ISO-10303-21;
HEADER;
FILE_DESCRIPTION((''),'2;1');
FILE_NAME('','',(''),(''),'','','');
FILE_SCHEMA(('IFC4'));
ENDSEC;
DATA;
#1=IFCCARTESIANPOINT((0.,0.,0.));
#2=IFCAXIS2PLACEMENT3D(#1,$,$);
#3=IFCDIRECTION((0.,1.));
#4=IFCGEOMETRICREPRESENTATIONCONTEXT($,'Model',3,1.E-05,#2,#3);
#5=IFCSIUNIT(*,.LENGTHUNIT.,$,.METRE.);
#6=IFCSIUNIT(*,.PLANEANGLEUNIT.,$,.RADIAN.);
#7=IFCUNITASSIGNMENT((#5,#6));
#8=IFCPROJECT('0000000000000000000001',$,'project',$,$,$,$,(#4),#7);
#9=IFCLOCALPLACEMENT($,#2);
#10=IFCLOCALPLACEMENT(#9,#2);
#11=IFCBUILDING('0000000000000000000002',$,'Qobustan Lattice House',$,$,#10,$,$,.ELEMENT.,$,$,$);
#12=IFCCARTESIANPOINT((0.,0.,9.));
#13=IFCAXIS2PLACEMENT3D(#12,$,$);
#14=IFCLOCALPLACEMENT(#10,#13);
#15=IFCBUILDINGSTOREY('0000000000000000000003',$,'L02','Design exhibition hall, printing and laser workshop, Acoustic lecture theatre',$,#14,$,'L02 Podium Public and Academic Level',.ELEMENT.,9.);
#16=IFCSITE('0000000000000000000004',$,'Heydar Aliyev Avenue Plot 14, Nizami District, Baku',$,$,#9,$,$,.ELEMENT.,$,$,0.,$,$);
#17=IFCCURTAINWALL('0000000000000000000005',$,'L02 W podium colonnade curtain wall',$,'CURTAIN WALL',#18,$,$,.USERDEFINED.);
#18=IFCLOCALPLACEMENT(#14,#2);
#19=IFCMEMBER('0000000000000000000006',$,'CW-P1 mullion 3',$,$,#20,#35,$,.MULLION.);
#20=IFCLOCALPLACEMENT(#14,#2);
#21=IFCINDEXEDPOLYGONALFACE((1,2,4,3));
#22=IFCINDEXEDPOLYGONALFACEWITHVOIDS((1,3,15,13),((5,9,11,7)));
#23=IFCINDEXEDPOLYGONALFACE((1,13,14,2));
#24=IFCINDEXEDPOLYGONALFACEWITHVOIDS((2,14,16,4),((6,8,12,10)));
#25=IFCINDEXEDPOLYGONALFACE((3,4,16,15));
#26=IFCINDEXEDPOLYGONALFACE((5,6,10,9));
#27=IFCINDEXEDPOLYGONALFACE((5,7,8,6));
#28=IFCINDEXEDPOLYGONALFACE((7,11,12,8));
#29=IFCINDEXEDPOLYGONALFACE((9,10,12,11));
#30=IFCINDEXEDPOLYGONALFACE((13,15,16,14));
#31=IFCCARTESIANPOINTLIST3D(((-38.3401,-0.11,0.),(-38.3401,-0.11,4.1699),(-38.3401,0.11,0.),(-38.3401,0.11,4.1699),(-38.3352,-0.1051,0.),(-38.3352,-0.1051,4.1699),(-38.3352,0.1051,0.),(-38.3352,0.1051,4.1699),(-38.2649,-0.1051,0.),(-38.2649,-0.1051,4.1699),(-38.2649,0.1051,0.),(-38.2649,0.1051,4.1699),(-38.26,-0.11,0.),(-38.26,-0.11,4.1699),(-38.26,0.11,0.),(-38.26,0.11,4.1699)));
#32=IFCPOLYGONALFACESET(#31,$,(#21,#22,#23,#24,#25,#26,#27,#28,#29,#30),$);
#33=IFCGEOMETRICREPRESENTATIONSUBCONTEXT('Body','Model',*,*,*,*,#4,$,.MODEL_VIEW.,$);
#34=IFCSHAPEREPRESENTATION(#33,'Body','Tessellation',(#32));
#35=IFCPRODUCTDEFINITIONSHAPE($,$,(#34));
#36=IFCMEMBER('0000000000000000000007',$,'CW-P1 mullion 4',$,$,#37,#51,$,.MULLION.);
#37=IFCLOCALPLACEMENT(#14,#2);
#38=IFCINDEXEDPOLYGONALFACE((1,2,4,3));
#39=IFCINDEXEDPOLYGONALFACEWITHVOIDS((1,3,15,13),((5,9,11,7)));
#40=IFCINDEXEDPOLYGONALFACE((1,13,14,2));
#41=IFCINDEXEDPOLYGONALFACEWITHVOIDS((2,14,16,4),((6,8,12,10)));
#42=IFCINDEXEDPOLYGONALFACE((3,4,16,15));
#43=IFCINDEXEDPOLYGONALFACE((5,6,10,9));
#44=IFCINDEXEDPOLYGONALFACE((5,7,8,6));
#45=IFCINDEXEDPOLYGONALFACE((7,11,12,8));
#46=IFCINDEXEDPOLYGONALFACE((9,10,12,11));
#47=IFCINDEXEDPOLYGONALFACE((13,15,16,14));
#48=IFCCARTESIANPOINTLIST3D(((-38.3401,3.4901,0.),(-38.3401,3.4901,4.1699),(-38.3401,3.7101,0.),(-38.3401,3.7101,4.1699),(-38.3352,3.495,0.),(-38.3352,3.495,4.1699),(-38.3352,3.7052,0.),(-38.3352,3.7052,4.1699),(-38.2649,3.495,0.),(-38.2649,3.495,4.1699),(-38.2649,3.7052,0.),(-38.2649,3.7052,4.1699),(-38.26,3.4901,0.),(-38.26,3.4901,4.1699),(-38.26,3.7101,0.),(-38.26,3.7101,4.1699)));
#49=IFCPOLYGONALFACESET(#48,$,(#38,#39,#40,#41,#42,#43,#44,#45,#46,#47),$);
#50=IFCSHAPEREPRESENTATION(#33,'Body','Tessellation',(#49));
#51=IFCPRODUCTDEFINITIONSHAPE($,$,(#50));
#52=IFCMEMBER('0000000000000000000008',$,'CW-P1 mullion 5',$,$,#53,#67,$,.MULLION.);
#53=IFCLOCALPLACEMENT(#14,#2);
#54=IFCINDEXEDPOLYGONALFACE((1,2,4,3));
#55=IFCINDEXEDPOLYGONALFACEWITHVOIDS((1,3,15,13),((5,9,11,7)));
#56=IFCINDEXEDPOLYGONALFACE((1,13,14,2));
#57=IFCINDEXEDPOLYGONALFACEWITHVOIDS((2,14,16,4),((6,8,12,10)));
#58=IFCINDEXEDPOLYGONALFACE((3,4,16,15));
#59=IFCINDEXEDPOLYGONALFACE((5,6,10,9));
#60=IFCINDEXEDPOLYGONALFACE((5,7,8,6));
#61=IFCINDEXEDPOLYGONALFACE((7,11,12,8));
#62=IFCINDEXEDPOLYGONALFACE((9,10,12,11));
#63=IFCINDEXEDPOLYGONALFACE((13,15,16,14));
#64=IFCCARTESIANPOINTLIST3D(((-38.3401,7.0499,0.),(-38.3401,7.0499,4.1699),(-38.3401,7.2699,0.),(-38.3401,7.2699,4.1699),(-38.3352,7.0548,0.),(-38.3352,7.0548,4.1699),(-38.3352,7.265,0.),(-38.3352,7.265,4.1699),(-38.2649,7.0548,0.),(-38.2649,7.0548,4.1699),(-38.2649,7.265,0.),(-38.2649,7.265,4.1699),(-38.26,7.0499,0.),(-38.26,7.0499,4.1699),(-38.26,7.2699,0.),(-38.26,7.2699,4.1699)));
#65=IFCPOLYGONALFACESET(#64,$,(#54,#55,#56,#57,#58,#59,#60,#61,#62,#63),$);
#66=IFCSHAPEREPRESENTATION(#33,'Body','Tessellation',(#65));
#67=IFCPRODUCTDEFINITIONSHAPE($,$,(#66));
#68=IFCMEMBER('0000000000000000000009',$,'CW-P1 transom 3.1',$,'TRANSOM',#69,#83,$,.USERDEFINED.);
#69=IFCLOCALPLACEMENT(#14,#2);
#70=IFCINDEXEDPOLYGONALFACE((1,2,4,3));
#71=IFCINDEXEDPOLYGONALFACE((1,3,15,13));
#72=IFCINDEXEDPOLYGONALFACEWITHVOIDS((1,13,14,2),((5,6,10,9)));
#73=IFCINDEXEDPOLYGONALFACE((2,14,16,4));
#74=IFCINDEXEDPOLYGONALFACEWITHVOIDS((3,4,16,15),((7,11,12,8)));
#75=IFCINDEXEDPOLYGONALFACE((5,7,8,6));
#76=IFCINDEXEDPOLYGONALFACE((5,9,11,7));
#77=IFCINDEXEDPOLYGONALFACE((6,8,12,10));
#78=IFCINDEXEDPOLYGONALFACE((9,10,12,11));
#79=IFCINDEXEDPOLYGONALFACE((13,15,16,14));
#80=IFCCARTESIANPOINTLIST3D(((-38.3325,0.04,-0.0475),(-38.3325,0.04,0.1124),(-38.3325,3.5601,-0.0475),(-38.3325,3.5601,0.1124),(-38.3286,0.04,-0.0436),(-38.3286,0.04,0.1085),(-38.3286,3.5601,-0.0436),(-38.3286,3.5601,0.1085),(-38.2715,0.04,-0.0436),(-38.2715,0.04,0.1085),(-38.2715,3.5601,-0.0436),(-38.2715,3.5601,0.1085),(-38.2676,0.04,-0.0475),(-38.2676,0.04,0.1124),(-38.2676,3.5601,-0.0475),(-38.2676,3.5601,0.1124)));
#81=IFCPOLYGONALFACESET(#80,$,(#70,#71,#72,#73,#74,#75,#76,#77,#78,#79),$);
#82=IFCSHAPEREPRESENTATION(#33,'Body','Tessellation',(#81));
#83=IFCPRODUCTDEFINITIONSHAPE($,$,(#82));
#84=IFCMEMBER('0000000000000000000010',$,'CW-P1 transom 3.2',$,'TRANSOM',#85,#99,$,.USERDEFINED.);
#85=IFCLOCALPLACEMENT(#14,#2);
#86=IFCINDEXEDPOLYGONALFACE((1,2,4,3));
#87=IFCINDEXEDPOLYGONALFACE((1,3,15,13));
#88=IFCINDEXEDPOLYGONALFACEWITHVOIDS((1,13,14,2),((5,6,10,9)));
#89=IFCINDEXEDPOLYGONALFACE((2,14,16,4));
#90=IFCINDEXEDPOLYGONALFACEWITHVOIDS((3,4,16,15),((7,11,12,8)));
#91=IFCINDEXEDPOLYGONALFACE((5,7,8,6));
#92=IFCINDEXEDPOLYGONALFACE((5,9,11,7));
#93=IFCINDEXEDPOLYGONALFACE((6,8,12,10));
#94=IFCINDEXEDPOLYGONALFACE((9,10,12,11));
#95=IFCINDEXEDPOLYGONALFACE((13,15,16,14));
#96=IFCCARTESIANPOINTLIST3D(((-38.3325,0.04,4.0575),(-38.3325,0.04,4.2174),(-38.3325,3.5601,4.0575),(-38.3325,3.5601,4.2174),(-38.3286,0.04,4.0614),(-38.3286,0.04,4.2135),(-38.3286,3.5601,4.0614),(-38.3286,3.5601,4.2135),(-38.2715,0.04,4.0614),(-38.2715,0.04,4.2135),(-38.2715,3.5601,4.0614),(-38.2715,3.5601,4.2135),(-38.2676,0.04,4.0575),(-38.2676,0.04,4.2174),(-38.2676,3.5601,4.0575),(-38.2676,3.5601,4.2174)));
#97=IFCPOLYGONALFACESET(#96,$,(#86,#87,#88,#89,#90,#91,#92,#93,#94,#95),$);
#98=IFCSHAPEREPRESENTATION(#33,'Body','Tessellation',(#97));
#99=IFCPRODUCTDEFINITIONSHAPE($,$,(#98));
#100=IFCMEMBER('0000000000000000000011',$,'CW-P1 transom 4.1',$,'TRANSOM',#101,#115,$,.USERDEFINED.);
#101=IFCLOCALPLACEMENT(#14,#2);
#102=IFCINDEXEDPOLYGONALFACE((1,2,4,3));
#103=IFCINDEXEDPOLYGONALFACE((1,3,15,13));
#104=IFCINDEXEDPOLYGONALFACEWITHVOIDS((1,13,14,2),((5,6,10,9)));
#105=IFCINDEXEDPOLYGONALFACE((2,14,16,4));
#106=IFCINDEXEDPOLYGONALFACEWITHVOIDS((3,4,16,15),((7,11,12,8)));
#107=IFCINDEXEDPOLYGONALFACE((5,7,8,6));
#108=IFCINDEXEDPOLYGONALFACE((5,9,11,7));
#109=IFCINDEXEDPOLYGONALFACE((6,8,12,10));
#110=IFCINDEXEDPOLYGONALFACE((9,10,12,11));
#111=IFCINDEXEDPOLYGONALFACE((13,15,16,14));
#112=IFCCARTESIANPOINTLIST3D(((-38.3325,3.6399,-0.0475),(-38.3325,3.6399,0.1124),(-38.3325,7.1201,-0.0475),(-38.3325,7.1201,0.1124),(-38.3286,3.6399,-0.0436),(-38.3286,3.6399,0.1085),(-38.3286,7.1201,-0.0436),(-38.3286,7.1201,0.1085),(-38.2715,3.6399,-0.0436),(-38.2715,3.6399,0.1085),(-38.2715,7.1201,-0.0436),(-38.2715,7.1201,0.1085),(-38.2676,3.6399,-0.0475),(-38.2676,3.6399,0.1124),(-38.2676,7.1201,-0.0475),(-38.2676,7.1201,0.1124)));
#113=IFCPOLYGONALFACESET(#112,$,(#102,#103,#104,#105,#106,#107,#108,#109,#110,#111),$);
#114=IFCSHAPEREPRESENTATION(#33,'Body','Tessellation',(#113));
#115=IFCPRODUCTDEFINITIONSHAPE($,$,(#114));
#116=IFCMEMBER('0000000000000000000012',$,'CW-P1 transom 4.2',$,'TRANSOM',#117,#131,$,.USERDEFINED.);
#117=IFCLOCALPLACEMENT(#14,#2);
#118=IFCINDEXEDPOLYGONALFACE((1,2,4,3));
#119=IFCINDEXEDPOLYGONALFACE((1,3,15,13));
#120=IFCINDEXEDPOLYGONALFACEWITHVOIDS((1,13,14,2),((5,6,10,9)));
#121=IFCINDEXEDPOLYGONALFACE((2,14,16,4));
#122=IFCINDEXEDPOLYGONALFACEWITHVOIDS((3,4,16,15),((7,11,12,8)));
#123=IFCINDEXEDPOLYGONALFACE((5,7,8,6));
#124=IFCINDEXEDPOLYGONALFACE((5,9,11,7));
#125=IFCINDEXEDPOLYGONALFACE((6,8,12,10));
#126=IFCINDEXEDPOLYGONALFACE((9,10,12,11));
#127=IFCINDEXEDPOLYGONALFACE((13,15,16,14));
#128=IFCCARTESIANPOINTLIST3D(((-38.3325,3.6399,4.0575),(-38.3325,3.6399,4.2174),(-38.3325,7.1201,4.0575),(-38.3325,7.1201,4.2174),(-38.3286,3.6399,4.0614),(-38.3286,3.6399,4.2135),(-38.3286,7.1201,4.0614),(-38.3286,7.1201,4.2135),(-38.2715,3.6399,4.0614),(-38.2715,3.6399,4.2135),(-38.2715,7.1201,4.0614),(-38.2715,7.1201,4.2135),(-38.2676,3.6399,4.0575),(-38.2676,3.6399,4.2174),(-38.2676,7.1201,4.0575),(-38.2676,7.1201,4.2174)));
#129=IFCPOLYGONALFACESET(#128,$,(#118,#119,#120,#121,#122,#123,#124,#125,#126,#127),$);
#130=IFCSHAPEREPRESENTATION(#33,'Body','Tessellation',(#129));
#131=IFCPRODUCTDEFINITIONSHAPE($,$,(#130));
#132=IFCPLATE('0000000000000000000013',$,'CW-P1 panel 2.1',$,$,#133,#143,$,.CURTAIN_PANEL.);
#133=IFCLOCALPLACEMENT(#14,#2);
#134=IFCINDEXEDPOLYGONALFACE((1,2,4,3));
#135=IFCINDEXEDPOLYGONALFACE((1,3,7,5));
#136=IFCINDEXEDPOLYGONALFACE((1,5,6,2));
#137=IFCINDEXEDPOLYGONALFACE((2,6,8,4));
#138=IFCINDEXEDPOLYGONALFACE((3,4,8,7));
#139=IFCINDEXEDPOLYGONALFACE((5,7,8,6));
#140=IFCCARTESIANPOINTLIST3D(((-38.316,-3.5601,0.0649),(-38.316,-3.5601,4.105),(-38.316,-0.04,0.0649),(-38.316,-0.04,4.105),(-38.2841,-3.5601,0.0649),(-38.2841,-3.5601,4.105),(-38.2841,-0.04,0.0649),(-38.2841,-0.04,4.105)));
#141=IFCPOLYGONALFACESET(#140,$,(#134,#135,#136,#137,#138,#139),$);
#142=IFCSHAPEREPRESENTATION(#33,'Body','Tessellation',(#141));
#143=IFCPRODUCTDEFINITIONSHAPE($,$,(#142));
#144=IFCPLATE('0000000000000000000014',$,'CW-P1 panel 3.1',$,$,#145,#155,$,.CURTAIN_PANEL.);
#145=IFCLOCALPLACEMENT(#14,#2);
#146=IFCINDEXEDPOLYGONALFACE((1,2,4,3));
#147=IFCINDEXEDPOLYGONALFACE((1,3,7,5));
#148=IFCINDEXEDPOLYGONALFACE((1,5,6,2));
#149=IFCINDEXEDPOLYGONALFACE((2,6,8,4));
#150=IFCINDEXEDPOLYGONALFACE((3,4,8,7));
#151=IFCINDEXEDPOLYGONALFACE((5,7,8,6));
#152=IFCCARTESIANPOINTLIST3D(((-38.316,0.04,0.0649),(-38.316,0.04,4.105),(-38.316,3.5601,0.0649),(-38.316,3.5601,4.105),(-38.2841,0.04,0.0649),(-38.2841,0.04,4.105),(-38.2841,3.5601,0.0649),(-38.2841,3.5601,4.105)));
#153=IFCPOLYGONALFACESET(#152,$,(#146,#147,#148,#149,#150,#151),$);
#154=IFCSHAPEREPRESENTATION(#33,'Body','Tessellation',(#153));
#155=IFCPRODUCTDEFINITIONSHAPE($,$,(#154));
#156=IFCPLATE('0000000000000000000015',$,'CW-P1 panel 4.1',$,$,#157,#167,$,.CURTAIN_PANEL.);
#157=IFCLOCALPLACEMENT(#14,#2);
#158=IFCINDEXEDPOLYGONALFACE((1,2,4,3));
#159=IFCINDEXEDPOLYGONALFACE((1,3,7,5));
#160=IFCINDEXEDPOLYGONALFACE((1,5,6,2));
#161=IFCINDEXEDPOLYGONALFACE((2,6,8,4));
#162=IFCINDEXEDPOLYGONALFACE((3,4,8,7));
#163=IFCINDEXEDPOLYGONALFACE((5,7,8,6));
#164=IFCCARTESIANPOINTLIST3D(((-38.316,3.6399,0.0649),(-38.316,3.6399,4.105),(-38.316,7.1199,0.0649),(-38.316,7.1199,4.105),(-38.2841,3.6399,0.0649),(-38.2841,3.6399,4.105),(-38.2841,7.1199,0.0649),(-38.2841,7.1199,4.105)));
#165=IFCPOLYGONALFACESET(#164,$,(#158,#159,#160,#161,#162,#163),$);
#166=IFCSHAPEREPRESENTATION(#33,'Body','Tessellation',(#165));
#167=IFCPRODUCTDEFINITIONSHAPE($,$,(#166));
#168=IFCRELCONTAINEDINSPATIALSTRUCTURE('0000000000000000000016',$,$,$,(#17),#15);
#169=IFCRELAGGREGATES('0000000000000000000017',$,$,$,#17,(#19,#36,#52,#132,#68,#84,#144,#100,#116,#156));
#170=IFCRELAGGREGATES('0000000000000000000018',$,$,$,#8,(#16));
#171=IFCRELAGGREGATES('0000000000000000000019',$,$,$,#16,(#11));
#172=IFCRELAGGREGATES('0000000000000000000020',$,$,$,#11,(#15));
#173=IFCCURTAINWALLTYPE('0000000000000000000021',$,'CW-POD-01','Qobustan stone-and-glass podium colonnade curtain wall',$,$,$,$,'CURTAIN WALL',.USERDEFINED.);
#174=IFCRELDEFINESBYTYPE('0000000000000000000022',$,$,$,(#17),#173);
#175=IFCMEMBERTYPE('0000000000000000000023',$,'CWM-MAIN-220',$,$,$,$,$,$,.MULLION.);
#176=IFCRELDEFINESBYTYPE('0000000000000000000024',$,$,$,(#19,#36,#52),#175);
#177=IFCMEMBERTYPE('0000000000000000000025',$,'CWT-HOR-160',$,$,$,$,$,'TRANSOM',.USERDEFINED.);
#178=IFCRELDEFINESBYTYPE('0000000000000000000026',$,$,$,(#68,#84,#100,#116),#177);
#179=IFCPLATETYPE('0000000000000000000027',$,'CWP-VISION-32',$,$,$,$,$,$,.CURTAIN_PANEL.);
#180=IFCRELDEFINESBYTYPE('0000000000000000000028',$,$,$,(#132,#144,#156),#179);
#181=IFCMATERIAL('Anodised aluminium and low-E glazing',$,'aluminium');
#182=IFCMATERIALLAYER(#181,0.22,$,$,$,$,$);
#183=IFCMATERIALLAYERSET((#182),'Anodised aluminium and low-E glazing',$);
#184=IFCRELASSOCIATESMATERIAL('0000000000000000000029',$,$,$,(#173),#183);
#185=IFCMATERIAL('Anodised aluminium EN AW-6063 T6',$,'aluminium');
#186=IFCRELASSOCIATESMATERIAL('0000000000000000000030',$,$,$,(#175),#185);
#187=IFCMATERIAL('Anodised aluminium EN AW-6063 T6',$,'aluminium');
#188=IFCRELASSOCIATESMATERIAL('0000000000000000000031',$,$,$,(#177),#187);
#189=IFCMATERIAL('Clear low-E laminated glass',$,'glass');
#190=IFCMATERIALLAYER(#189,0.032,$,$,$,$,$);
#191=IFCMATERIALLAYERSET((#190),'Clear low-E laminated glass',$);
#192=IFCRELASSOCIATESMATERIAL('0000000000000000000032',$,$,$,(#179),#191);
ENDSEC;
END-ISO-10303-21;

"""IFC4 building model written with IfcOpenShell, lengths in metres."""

from ifc_helpers import new_model, si_unit, direction, frame, origin, origin_2d, place, context, subcontext, project, spatial, rectangle, hollow_rectangle, extrude, material, layer, layer_set, material_profile, profile_set, type_object, element, aggregate, save


model = new_model("IFC4")

# Units and contexts
model_context = context("Model", 3, precision=1e-05, world=origin(), true_north=direction((0.0, 1.0)))
body_context = subcontext(model_context, "Body", "Model", "MODEL_VIEW")
ifc_project = project(units=[si_unit("LENGTHUNIT", "METRE"), si_unit("PLANEANGLEUNIT", "RADIAN")], contexts=[model_context])

# Site, building, storey
site_placement = place(None, origin())
site = spatial("IfcSite", under=ifc_project, at=site_placement, Name="Heydar Aliyev Avenue Plot 14, Nizami District, Baku", CompositionType="ELEMENT", RefElevation=0.0)
building_placement = place(site_placement, origin())
building = spatial("IfcBuilding", under=site, at=building_placement, Name="Qobustan Lattice House", CompositionType="ELEMENT")
storey_placement = place(building_placement, frame((0.0, 0.0, 9.0)))
storey = spatial("IfcBuildingStorey", under=building, at=storey_placement, Name="L02", Description="Design exhibition hall, printing and laser workshop, Acoustic lecture theatre", LongName="L02 Podium Public and Academic Level", CompositionType="ELEMENT", Elevation=9.0)

# Curtain wall, members, plates
ifc_material_1 = material(Name="Anodised aluminium and low-E glazing", Category="aluminium")
ifc_layer_1 = layer(ifc_material_1, 0.22)
ifc_layer_set_1 = layer_set([ifc_layer_1], Name="Anodised aluminium and low-E glazing")
curtain_wall_type = type_object("IfcCurtainWallType", Name="CW-POD-01", Description="Qobustan stone-and-glass podium colonnade curtain wall", ElementType="CURTAIN WALL", PredefinedType="USERDEFINED", material=ifc_layer_set_1)
curtain_wall_placement = place(storey_placement, origin())
curtain_wall = element("IfcCurtainWall", 1, at=curtain_wall_placement, inside=storey, type_object=curtain_wall_type, Name="L02 W podium colonnade curtain wall", ObjectType="CURTAIN WALL", PredefinedType="USERDEFINED")
ifc_material_2 = material(Name="Anodised aluminium EN AW-6063 T6", Category="aluminium")
ifc_material_profile_1 = material_profile(ifc_material_2, hollow_rectangle(XDim=0.0801, YDim=0.22, WallThickness=0.0049, at=origin_2d()), Name="CWM-220x80")
ifc_profile_set_1 = profile_set([ifc_material_profile_1], Name="Anodised aluminium EN AW-6063 T6")
member_type_1 = type_object("IfcMemberType", Name="CWM-MAIN-220", PredefinedType="MULLION", material=ifc_profile_set_1)
member_1_placement = place(storey_placement, frame((-38.3, 0.0, 0.0), z_axis=(0.0, 0.0, 1.0), x_axis=(-1.0, 0.0, 0.0)))
member_1 = element("IfcMember", 2, at=member_1_placement, type_object=member_type_1, Name="CW-P1 mullion 3", PredefinedType="MULLION", context=body_context, shape_type="SweptSolid", body=[
    extrude(hollow_rectangle(XDim=0.0801, YDim=0.22, WallThickness=0.0049, at=origin_2d()), origin(), (0.0, 0.0, 1.0), 4.1699),
])
member_2_placement = place(storey_placement, frame((-38.3, 3.6001, 0.0), z_axis=(0.0, 0.0, 1.0), x_axis=(-1.0, 0.0, 0.0)))
member_2 = element("IfcMember", 3, at=member_2_placement, type_object=member_type_1, Name="CW-P1 mullion 4", PredefinedType="MULLION", context=body_context, shape_type="SweptSolid", body=[
    extrude(hollow_rectangle(XDim=0.0801, YDim=0.22, WallThickness=0.0049, at=origin_2d()), origin(), (0.0, 0.0, 1.0), 4.1699),
])
member_3_placement = place(storey_placement, frame((-38.3, 7.1599, 0.0), z_axis=(0.0, 0.0, 1.0), x_axis=(-1.0, 0.0, 0.0)))
member_3 = element("IfcMember", 4, at=member_3_placement, type_object=member_type_1, Name="CW-P1 mullion 5", PredefinedType="MULLION", context=body_context, shape_type="SweptSolid", body=[
    extrude(hollow_rectangle(XDim=0.0801, YDim=0.22, WallThickness=0.0049, at=origin_2d()), origin(), (0.0, 0.0, 1.0), 4.1699),
])
ifc_material_3 = material(Name="Anodised aluminium EN AW-6063 T6", Category="aluminium")
ifc_material_profile_2 = material_profile(ifc_material_3, hollow_rectangle(XDim=0.0649, YDim=0.1599, WallThickness=0.0039, at=origin_2d()), Name="CWT-160x65")
ifc_profile_set_2 = profile_set([ifc_material_profile_2], Name="Anodised aluminium EN AW-6063 T6")
member_type_2 = type_object("IfcMemberType", Name="CWT-HOR-160", ElementType="TRANSOM", PredefinedType="USERDEFINED", material=ifc_profile_set_2)
member_4_placement = place(storey_placement, frame((-38.3, 0.04, 0.0325), z_axis=(0.0, 1.0, 0.0), x_axis=(-1.0, 0.0, 0.0)))
member_4 = element("IfcMember", 5, at=member_4_placement, type_object=member_type_2, Name="CW-P1 transom 3.1", ObjectType="TRANSOM", PredefinedType="USERDEFINED", context=body_context, shape_type="SweptSolid", body=[
    extrude(hollow_rectangle(XDim=0.0649, YDim=0.1599, WallThickness=0.0039, at=origin_2d()), origin(), (0.0, 0.0, 1.0), 3.52),
])
member_5_placement = place(storey_placement, frame((-38.3, 0.04, 4.1375), z_axis=(0.0, 1.0, 0.0), x_axis=(-1.0, 0.0, 0.0)))
member_5 = element("IfcMember", 6, at=member_5_placement, type_object=member_type_2, Name="CW-P1 transom 3.2", ObjectType="TRANSOM", PredefinedType="USERDEFINED", context=body_context, shape_type="SweptSolid", body=[
    extrude(hollow_rectangle(XDim=0.0649, YDim=0.1599, WallThickness=0.0039, at=origin_2d()), origin(), (0.0, 0.0, 1.0), 3.52),
])
member_6_placement = place(storey_placement, frame((-38.3, 3.6399, 0.0325), z_axis=(0.0, 1.0, 0.0), x_axis=(-1.0, 0.0, 0.0)))
member_6 = element("IfcMember", 7, at=member_6_placement, type_object=member_type_2, Name="CW-P1 transom 4.1", ObjectType="TRANSOM", PredefinedType="USERDEFINED", context=body_context, shape_type="SweptSolid", body=[
    extrude(hollow_rectangle(XDim=0.0649, YDim=0.1599, WallThickness=0.0039, at=origin_2d()), origin(), (0.0, 0.0, 1.0), 3.4802),
])
member_7_placement = place(storey_placement, frame((-38.3, 3.6399, 4.1375), z_axis=(0.0, 1.0, 0.0), x_axis=(-1.0, 0.0, 0.0)))
member_7 = element("IfcMember", 8, at=member_7_placement, type_object=member_type_2, Name="CW-P1 transom 4.2", ObjectType="TRANSOM", PredefinedType="USERDEFINED", context=body_context, shape_type="SweptSolid", body=[
    extrude(hollow_rectangle(XDim=0.0649, YDim=0.1599, WallThickness=0.0039, at=origin_2d()), origin(), (0.0, 0.0, 1.0), 3.4802),
])
ifc_material_4 = material(Name="Clear low-E laminated glass", Category="glass")
ifc_layer_2 = layer(ifc_material_4, 0.032)
ifc_layer_set_2 = layer_set([ifc_layer_2], Name="Clear low-E laminated glass")
plate_type = type_object("IfcPlateType", Name="CWP-VISION-32", PredefinedType="CURTAIN_PANEL", material=ifc_layer_set_2)
plate_1_placement = place(storey_placement, frame((-38.3, -1.8, 0.0649), z_axis=(0.0, 0.0, 1.0), x_axis=(0.0, 1.0, 0.0)))
plate_1 = element("IfcPlate", 9, at=plate_1_placement, type_object=plate_type, Name="CW-P1 panel 2.1", PredefinedType="CURTAIN_PANEL", context=body_context, shape_type="SweptSolid", body=[
    extrude(rectangle(XDim=3.52, YDim=0.032, at=origin_2d()), origin(), (0.0, 0.0, 1.0), 4.04),
])
plate_2_placement = place(storey_placement, frame((-38.3, 1.8, 0.0649), z_axis=(0.0, 0.0, 1.0), x_axis=(0.0, 1.0, 0.0)))
plate_2 = element("IfcPlate", 10, at=plate_2_placement, type_object=plate_type, Name="CW-P1 panel 3.1", PredefinedType="CURTAIN_PANEL", context=body_context, shape_type="SweptSolid", body=[
    extrude(rectangle(XDim=3.52, YDim=0.032, at=origin_2d()), origin(), (0.0, 0.0, 1.0), 4.04),
])
plate_3_placement = place(storey_placement, frame((-38.3, 5.3799, 0.0649), z_axis=(0.0, 0.0, 1.0), x_axis=(0.0, 1.0, 0.0)))
plate_3 = element("IfcPlate", 11, at=plate_3_placement, type_object=plate_type, Name="CW-P1 panel 4.1", PredefinedType="CURTAIN_PANEL", context=body_context, shape_type="SweptSolid", body=[
    extrude(rectangle(XDim=3.48, YDim=0.032, at=origin_2d()), origin(), (0.0, 0.0, 1.0), 4.04),
])
aggregate(curtain_wall, [member_1, member_2, member_3, plate_1, member_4, member_5, plate_2, member_6, member_7, plate_3])

save(model, "model.ifc")
